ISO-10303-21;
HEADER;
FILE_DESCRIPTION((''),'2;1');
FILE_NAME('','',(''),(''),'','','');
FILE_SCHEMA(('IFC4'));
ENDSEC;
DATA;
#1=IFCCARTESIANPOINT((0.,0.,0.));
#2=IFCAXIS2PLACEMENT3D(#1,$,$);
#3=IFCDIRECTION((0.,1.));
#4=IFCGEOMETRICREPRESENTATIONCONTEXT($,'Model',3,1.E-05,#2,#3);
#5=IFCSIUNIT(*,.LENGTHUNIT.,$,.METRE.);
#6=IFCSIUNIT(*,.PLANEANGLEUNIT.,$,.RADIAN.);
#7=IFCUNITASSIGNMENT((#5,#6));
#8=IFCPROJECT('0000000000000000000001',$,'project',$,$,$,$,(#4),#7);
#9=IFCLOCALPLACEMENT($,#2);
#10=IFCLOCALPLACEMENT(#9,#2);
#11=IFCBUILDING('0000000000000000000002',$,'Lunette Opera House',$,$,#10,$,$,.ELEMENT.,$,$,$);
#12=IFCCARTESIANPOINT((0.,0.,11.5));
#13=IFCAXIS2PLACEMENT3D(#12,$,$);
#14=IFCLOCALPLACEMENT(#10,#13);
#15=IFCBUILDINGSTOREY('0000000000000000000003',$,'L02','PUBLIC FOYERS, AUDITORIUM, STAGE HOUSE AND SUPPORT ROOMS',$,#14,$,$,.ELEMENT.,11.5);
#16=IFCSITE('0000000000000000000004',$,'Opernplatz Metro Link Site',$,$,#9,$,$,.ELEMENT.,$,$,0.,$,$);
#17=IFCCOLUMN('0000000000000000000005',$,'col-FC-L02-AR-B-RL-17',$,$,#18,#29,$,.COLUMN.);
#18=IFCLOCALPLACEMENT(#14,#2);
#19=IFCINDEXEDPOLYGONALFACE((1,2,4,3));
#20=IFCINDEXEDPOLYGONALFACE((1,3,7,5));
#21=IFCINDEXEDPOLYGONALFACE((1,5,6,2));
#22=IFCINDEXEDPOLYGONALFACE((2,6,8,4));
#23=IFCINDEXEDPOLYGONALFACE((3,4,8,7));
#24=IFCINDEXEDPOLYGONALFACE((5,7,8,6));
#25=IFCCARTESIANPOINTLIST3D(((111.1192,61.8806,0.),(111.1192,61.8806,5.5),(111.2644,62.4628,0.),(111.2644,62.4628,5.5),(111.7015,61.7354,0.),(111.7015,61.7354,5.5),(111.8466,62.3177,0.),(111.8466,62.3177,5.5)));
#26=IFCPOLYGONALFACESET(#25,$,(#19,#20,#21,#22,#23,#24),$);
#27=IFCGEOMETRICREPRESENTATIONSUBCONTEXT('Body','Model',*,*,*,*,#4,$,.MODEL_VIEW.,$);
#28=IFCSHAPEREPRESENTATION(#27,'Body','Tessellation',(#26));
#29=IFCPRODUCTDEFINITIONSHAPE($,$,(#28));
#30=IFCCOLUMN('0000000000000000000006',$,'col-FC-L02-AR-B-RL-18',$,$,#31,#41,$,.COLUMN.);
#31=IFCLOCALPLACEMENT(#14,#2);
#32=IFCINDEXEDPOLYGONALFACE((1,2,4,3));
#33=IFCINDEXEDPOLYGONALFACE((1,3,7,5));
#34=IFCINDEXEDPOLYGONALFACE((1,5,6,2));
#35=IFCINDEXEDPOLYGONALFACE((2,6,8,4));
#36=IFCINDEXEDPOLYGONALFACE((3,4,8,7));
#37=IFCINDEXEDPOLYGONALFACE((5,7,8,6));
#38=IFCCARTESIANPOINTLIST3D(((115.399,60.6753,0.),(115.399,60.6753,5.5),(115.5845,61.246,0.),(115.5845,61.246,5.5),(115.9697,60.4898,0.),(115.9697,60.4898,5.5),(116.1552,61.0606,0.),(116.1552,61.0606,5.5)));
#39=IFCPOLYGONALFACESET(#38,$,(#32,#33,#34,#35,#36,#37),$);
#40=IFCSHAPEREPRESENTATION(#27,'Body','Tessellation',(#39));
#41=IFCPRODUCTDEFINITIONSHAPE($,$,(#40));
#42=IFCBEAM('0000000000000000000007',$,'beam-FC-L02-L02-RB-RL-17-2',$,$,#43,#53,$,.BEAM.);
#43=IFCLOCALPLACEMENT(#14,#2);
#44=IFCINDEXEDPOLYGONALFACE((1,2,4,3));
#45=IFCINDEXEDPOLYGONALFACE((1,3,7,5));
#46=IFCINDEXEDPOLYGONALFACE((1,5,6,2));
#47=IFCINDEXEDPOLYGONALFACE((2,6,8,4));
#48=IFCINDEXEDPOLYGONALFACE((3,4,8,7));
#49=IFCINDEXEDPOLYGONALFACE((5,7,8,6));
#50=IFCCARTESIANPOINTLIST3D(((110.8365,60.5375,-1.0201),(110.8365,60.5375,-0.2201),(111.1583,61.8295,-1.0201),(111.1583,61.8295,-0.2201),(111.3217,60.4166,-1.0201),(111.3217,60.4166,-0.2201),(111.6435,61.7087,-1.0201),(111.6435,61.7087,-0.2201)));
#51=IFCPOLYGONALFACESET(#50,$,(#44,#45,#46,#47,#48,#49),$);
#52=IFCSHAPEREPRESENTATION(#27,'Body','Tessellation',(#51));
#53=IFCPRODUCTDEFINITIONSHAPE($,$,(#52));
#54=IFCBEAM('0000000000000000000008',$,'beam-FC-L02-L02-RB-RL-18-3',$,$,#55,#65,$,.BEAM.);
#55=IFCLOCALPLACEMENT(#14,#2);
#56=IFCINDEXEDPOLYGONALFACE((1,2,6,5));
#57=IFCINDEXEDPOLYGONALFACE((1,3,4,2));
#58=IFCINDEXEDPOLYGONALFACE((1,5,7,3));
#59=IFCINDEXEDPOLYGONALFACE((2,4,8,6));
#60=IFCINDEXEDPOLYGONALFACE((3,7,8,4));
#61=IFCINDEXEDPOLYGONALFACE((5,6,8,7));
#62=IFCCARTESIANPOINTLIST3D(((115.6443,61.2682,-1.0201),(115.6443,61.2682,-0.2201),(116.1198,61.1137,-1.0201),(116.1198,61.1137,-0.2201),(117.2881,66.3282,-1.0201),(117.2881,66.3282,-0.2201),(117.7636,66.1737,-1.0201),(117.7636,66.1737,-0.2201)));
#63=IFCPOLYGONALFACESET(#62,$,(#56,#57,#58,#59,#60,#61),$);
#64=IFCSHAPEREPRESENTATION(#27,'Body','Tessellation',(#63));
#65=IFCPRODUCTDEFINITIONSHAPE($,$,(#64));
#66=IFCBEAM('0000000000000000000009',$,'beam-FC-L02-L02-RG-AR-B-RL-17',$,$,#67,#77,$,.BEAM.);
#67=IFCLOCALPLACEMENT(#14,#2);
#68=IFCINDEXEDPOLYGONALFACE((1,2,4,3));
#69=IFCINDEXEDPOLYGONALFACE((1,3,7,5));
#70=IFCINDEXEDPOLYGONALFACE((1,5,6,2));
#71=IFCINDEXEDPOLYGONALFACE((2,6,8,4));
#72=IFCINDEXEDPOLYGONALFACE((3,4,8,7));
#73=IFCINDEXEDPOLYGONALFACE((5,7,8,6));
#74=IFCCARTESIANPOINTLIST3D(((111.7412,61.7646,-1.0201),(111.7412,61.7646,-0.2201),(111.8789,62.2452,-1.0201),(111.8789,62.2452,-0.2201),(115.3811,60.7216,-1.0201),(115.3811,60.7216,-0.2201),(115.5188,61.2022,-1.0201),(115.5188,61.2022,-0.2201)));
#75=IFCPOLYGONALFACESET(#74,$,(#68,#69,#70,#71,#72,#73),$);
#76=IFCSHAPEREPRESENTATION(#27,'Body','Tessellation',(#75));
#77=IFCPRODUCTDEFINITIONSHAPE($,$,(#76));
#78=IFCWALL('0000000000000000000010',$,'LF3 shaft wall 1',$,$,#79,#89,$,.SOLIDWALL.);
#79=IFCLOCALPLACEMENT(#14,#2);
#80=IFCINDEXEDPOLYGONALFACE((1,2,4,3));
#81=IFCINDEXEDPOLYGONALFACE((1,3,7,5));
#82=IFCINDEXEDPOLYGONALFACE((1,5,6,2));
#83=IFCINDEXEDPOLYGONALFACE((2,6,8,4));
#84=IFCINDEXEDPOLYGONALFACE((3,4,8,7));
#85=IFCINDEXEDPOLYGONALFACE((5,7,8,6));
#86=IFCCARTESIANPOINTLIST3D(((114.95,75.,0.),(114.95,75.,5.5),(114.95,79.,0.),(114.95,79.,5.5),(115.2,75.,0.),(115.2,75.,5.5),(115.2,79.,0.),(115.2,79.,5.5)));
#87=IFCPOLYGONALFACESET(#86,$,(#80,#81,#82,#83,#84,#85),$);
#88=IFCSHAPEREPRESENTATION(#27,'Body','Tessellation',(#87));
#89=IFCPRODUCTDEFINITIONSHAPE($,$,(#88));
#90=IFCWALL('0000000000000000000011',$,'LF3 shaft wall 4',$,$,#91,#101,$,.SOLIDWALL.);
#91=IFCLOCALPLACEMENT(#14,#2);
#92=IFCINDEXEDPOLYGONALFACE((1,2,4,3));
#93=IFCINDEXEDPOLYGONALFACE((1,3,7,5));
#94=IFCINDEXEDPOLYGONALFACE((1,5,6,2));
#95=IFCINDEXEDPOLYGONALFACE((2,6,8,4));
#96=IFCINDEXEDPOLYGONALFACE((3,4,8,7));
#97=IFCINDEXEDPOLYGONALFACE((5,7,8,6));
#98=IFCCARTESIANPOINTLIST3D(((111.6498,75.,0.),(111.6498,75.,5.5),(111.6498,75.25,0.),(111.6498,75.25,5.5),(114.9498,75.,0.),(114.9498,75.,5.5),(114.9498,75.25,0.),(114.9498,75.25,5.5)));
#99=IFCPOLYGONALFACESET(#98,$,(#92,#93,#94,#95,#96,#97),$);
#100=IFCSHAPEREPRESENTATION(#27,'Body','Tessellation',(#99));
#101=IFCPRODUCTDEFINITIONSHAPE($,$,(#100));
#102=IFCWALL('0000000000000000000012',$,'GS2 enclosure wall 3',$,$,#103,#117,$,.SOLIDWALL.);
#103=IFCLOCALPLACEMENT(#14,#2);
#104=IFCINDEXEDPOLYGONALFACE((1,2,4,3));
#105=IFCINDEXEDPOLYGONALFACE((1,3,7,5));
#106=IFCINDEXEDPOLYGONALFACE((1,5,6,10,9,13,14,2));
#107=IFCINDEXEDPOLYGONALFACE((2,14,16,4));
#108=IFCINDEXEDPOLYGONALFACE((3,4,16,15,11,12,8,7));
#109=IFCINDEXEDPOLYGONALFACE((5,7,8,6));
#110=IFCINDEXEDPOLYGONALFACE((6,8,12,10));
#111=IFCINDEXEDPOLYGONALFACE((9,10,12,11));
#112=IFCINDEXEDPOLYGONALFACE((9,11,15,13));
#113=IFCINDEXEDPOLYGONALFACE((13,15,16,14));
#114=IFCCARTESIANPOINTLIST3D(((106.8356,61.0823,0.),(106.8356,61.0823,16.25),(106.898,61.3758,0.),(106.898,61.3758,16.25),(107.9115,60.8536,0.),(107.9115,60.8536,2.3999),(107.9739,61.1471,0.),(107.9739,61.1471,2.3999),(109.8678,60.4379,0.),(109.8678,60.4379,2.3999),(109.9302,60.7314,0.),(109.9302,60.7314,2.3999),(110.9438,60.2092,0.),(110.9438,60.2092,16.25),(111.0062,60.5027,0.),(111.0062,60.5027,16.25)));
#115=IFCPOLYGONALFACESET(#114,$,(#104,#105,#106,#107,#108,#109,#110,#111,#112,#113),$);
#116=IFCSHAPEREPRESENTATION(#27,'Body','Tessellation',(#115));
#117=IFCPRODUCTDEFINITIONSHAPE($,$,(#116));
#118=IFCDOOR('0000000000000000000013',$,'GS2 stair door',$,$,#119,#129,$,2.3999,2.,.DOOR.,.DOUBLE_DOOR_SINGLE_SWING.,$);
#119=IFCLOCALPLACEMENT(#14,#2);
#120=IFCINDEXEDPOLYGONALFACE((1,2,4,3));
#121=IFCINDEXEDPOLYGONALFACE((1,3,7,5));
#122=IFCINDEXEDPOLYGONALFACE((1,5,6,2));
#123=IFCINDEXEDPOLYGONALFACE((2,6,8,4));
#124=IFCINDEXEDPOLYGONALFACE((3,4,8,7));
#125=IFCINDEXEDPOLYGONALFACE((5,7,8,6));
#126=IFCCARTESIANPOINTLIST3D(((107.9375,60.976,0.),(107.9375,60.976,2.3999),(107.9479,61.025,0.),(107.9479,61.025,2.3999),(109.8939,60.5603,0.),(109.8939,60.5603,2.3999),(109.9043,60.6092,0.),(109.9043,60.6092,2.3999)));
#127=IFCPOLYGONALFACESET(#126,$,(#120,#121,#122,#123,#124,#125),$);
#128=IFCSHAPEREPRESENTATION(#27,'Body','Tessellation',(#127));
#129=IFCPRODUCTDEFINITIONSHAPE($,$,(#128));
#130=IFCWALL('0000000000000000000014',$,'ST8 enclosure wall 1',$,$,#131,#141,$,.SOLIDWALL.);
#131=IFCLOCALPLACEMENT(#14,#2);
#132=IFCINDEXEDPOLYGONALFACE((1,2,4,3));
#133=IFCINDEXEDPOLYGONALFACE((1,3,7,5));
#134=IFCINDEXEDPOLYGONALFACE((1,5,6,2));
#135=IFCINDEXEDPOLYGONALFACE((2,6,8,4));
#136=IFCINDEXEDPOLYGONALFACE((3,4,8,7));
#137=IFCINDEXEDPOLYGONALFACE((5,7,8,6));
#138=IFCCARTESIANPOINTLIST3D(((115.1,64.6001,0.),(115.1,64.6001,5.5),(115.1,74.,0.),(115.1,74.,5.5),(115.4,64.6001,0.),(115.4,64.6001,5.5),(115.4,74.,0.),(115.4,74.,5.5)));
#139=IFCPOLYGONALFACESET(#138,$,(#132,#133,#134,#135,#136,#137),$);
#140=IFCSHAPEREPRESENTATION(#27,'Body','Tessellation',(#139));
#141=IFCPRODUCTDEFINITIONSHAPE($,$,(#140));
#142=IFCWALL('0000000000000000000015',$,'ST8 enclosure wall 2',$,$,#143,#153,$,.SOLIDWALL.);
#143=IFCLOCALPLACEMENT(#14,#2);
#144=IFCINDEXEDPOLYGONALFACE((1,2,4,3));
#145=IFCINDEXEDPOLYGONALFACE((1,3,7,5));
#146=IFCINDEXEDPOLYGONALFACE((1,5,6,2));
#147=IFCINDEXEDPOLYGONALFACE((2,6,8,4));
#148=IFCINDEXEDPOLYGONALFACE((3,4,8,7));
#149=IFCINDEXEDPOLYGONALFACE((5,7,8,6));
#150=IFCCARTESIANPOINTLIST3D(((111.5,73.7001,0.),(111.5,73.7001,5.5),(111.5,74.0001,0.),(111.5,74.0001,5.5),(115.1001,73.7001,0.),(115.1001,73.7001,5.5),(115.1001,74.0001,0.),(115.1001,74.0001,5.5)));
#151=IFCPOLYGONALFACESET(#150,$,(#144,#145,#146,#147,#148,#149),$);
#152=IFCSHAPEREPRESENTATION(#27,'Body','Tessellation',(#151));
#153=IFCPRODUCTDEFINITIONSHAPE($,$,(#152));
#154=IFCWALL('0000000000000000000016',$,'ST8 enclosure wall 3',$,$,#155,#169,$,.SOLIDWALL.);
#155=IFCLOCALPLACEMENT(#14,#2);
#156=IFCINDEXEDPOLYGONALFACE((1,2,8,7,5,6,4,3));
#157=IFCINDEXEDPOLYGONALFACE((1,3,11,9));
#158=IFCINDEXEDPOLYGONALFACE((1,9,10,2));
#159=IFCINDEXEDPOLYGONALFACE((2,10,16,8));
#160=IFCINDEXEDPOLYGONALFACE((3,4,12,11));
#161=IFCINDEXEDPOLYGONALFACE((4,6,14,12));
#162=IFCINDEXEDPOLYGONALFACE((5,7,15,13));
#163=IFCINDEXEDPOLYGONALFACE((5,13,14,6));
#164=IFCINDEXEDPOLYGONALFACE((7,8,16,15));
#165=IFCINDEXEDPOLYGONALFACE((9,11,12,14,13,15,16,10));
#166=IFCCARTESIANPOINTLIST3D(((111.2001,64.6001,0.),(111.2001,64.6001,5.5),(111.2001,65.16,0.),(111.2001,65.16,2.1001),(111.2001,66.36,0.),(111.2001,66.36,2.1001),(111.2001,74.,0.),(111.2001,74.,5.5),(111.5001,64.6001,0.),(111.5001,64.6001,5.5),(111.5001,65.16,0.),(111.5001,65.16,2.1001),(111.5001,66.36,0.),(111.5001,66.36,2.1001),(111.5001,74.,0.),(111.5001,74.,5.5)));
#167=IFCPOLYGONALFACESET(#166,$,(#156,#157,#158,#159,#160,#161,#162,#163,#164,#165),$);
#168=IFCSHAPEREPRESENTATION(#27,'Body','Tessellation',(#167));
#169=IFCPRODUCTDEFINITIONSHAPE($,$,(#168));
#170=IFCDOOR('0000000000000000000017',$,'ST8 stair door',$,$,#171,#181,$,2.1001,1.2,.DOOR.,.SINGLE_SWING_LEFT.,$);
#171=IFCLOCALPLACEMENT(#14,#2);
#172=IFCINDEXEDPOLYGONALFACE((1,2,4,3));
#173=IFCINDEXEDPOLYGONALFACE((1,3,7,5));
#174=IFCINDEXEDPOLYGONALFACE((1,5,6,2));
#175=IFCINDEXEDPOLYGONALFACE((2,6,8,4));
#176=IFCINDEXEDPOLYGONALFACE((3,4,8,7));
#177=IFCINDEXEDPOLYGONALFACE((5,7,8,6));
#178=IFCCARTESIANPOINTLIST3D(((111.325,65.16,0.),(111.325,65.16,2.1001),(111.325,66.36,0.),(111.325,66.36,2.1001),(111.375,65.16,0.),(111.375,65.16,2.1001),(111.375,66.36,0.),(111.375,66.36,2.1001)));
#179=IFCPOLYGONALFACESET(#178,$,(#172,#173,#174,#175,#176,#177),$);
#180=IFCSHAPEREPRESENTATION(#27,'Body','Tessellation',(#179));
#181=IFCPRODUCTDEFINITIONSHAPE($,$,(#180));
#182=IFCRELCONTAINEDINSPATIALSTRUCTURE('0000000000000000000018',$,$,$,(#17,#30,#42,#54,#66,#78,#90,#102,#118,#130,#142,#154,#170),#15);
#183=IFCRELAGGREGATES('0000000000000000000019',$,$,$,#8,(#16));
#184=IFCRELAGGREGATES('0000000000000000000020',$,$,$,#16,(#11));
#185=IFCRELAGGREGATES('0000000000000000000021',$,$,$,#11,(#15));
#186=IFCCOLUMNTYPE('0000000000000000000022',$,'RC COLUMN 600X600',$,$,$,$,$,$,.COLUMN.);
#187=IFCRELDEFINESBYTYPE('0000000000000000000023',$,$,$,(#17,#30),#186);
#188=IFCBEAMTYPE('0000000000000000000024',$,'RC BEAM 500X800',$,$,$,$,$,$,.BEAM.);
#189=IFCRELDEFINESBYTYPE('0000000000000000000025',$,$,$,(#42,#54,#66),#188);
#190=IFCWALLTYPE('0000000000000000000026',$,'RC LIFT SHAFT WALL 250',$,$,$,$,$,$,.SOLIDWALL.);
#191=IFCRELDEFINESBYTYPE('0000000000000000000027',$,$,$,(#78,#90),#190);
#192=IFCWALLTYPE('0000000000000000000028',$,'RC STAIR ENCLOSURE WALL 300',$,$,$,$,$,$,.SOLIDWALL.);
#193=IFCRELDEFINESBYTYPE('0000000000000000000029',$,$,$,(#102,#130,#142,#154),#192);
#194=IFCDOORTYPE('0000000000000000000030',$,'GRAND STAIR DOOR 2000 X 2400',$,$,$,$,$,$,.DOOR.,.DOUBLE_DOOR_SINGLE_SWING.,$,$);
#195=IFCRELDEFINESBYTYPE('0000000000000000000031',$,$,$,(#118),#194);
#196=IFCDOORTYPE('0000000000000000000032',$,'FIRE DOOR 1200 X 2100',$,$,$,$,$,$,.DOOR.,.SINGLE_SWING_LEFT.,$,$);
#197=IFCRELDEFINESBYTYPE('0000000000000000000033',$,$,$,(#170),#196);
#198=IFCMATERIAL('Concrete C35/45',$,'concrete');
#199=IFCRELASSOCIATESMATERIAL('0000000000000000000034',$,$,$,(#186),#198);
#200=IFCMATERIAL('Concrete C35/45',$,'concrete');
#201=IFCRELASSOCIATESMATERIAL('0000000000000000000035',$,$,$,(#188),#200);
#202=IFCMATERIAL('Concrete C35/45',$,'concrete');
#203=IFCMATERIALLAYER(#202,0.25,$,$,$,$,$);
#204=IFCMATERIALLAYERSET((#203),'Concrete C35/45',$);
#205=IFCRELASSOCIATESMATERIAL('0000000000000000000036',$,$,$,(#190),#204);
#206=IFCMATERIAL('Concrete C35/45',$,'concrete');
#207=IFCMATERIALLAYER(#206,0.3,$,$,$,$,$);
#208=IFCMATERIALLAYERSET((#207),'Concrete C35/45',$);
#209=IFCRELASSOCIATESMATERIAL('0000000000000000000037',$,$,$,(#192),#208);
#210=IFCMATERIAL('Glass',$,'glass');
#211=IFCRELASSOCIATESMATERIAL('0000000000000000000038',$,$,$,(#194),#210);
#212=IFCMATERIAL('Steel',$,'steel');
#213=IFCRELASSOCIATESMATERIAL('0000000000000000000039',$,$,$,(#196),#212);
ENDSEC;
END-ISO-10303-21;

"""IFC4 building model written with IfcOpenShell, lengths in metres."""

from ifc_helpers import new_model, si_unit, direction, frame, frame_2d, origin, origin_2d, place, context, subcontext, project, spatial, rectangle, extrude, material, layer, layer_set, material_profile, profile_set, type_object, element, fill, save


model = new_model("IFC4")

# Units and contexts
model_context = context("Model", 3, precision=1e-05, world=origin(), true_north=direction((0.0, 1.0)))
body_context = subcontext(model_context, "Body", "Model", "MODEL_VIEW")
ifc_project = project(units=[si_unit("LENGTHUNIT", "METRE"), si_unit("PLANEANGLEUNIT", "RADIAN")], contexts=[model_context])

# Site, building, storey
site_placement = place(None, origin())
site = spatial("IfcSite", under=ifc_project, at=site_placement, Name="Opernplatz Metro Link Site", CompositionType="ELEMENT", RefElevation=0.0)
building_placement = place(site_placement, origin())
building = spatial("IfcBuilding", under=site, at=building_placement, Name="Lunette Opera House", CompositionType="ELEMENT")
storey_placement = place(building_placement, frame((0.0, 0.0, 11.5)))
storey = spatial("IfcBuildingStorey", under=building, at=storey_placement, Name="L02", Description="PUBLIC FOYERS, AUDITORIUM, STAGE HOUSE AND SUPPORT ROOMS", CompositionType="ELEMENT", Elevation=11.5)

# Columns
ifc_material_1 = material(Name="Concrete C35/45", Category="concrete")
ifc_material_profile_1 = material_profile(ifc_material_1, rectangle(XDim=0.6001, YDim=0.6001, at=origin_2d()), Name="RC COLUMN 600X600")
ifc_profile_set_1 = profile_set([ifc_material_profile_1], Name="Concrete C35/45")
column_type = type_object("IfcColumnType", Name="RC COLUMN 600X600", PredefinedType="COLUMN", material=ifc_profile_set_1)
for number, where, z_axis, x_axis, name in (
    (1, (111.4829, 62.0991, 0.0), (0.0, 0.0, 1.0), (0.970296, -0.241922, 0.0), "col-FC-L02-AR-B-RL-17"),
    (2, (115.7771, 60.8679, 0.0), (0.0, 0.0, 1.0), (0.951057, -0.309017, 0.0), "col-FC-L02-AR-B-RL-18"),
):
    element("IfcColumn", number, at=place(storey_placement, frame(where, z_axis=z_axis, x_axis=x_axis)), inside=storey, type_object=column_type, Name=name, PredefinedType="COLUMN", context=body_context, shape_type="SweptSolid", body=[
        extrude(rectangle(XDim=0.6001, YDim=0.6001, at=origin_2d()), origin(), (0.0, 0.0, 1.0), 5.5),
    ])

# Beams
ifc_material_2 = material(Name="Concrete C35/45", Category="concrete")
ifc_material_profile_2 = material_profile(ifc_material_2, rectangle(XDim=0.5, YDim=0.8, at=origin_2d()), Name="RC BEAM 500X800")
ifc_profile_set_2 = profile_set([ifc_material_profile_2], Name="Concrete C35/45")
beam_type = type_object("IfcBeamType", Name="RC BEAM 500X800", PredefinedType="BEAM", material=ifc_profile_set_2)
beam_1_placement = place(storey_placement, frame((111.0791, 60.4771, -0.6201), z_axis=(0.241673, 0.970358, 0.0), x_axis=(-0.970358, 0.241673, 0.0)))
element("IfcBeam", 3, at=beam_1_placement, inside=storey, type_object=beam_type, Name="beam-FC-L02-L02-RB-RL-17-2", PredefinedType="BEAM", context=body_context, shape_type="SweptSolid", body=[
    extrude(rectangle(XDim=0.5, YDim=0.8, at=origin_2d()), origin(), (0.0, 0.0, 1.0), 1.3315),
])
beam_2_placement = place(storey_placement, frame((115.8821, 61.1909, -0.6201), z_axis=(0.308964, 0.951074, 0.0), x_axis=(-0.951074, 0.308964, 0.0)))
element("IfcBeam", 4, at=beam_2_placement, inside=storey, type_object=beam_type, Name="beam-FC-L02-L02-RB-RL-18-3", PredefinedType="BEAM", context=body_context, shape_type="SweptSolid", body=[
    extrude(rectangle(XDim=0.5, YDim=0.8, at=origin_2d()), origin(), (0.0, 0.0, 1.0), 5.3203),
])
beam_3_placement = place(storey_placement, frame((111.8101, 62.0049, -0.6201), z_axis=(0.961314, -0.275453, 0.0), x_axis=(0.275453, 0.961314, 0.0)))
element("IfcBeam", 5, at=beam_3_placement, inside=storey, type_object=beam_type, Name="beam-FC-L02-L02-RG-AR-B-RL-17", PredefinedType="BEAM", context=body_context, shape_type="SweptSolid", body=[
    extrude(rectangle(XDim=0.5, YDim=0.8, at=origin_2d()), origin(), (0.0, 0.0, 1.0), 3.7864),
])

# Walls
ifc_material_3 = material(Name="Concrete C35/45", Category="concrete")
ifc_layer_1 = layer(ifc_material_3, 0.25)
ifc_layer_set_1 = layer_set([ifc_layer_1], Name="Concrete C35/45")
wall_type_1 = type_object("IfcWallType", Name="RC LIFT SHAFT WALL 250", PredefinedType="SOLIDWALL", material=ifc_layer_set_1)
wall_1_placement = place(storey_placement, frame((115.075, 75.0, 0.0), z_axis=(0.0, 0.0, 1.0), x_axis=(0.0, 1.0, 0.0)))
element("IfcWall", 6, at=wall_1_placement, inside=storey, type_object=wall_type_1, Name="LF3 shaft wall 1", PredefinedType="SOLIDWALL", context=body_context, shape_type="SweptSolid", body=[
    extrude(rectangle(XDim=4.0, YDim=0.25, at=frame_2d((2.0, 0.0))), origin(), (0.0, 0.0, 1.0), 5.5),
])
wall_2_placement = place(storey_placement, frame((111.6499, 75.125, 0.0), z_axis=(0.0, 0.0, 1.0), x_axis=(1.0, 0.0, 0.0)))
element("IfcWall", 7, at=wall_2_placement, inside=storey, type_object=wall_type_1, Name="LF3 shaft wall 4", PredefinedType="SOLIDWALL", context=body_context, shape_type="SweptSolid", body=[
    extrude(rectangle(XDim=3.3, YDim=0.25, at=frame_2d((1.6499, 0.0))), origin(), (0.0, 0.0, 1.0), 5.5),
])

# Wall, opening, door
ifc_material_4 = material(Name="Concrete C35/45", Category="concrete")
ifc_layer_2 = layer(ifc_material_4, 0.3)
ifc_layer_set_2 = layer_set([ifc_layer_2], Name="Concrete C35/45")
wall_type_2 = type_object("IfcWallType", Name="RC STAIR ENCLOSURE WALL 300", PredefinedType="SOLIDWALL", material=ifc_layer_set_2)
wall_3_placement = place(storey_placement, frame((110.9751, 60.356, 0.0), z_axis=(0.0, 0.0, 1.0), x_axis=(-0.978156, 0.207873, 0.0)))
wall_3 = element("IfcWall", 8, at=wall_3_placement, inside=storey, type_object=wall_type_2, Name="GS2 enclosure wall 3", PredefinedType="SOLIDWALL", context=body_context, shape_type="SweptSolid", body=[
    extrude(rectangle(XDim=4.2, YDim=0.3, at=frame_2d((2.1001, 0.0))), origin(), (0.0, 0.0, 1.0), 16.25),
])
opening_1_placement = place(wall_3_placement, frame((1.1001, 0.0, 0.0)))
opening_1 = element("IfcOpeningElement", 9, at=opening_1_placement, cuts=wall_3, PredefinedType="OPENING", context=body_context, shape_type="SweptSolid", body=[
    extrude(rectangle(XDim=2.0, YDim=2.3999, at=frame_2d((1.0, 1.2))), frame((0.0, 0.1621, 0.0), z_axis=(0.0, -1.0, 0.0), x_axis=(1.0, 0.0, 0.0)), (0.0, 0.0, 1.0), 0.324),
])
ifc_material_5 = material(Name="Glass", Category="glass")
door_type_1 = type_object("IfcDoorType", Name="GRAND STAIR DOOR 2000 X 2400", OperationType="DOUBLE_DOOR_SINGLE_SWING", PredefinedType="DOOR", material=ifc_material_5)
door_1_placement = place(opening_1_placement, origin())
door_1 = element("IfcDoor", 10, at=door_1_placement, inside=storey, type_object=door_type_1, Name="GS2 stair door", OperationType="DOUBLE_DOOR_SINGLE_SWING", OverallHeight=2.3999, OverallWidth=2.0, PredefinedType="DOOR", context=body_context, shape_type="SweptSolid", body=[
    extrude(rectangle(XDim=2.0, YDim=2.3999, at=frame_2d((1.0, 1.2))), frame((0.0, 0.0249, 0.0), z_axis=(0.0, -1.0, 0.0), x_axis=(1.0, 0.0, 0.0)), (0.0, 0.0, 1.0), 0.05),
])
fill(opening_1, door_1)

# Walls
wall_4_placement = place(storey_placement, frame((115.25, 64.6001, 0.0), z_axis=(0.0, 0.0, 1.0), x_axis=(0.0, 1.0, 0.0)))
element("IfcWall", 11, at=wall_4_placement, inside=storey, type_object=wall_type_2, Name="ST8 enclosure wall 1", PredefinedType="SOLIDWALL", context=body_context, shape_type="SweptSolid", body=[
    extrude(rectangle(XDim=9.3999, YDim=0.3, at=frame_2d((4.7, 0.0))), origin(), (0.0, 0.0, 1.0), 5.5),
])
wall_5_placement = place(storey_placement, frame((115.1001, 73.8501, 0.0), z_axis=(0.0, 0.0, 1.0), x_axis=(-1.0, 0.0, 0.0)))
element("IfcWall", 12, at=wall_5_placement, inside=storey, type_object=wall_type_2, Name="ST8 enclosure wall 2", PredefinedType="SOLIDWALL", context=body_context, shape_type="SweptSolid", body=[
    extrude(rectangle(XDim=3.6001, YDim=0.3, at=frame_2d((1.8, 0.0))), origin(), (0.0, 0.0, 1.0), 5.5),
])

# Wall, opening, door
wall_6_placement = place(storey_placement, frame((111.3501, 74.0, 0.0), z_axis=(0.0, 0.0, 1.0), x_axis=(0.0, -1.0, 0.0)))
wall_6 = element("IfcWall", 13, at=wall_6_placement, inside=storey, type_object=wall_type_2, Name="ST8 enclosure wall 3", PredefinedType="SOLIDWALL", context=body_context, shape_type="SweptSolid", body=[
    extrude(rectangle(XDim=9.3999, YDim=0.3, at=frame_2d((4.7, 0.0))), origin(), (0.0, 0.0, 1.0), 5.5),
])
opening_2_placement = place(wall_6_placement, frame((7.6399, 0.0, 0.0)))
opening_2 = element("IfcOpeningElement", 14, at=opening_2_placement, cuts=wall_6, PredefinedType="OPENING", context=body_context, shape_type="SweptSolid", body=[
    extrude(rectangle(XDim=1.2, YDim=2.1001, at=frame_2d((0.6001, 1.05))), frame((0.0, 0.1621, 0.0), z_axis=(0.0, -1.0, 0.0), x_axis=(1.0, 0.0, 0.0)), (0.0, 0.0, 1.0), 0.324),
])
ifc_material_6 = material(Name="Steel", Category="steel")
door_type_2 = type_object("IfcDoorType", Name="FIRE DOOR 1200 X 2100", OperationType="SINGLE_SWING_LEFT", PredefinedType="DOOR", material=ifc_material_6)
door_2_placement = place(opening_2_placement, origin())
door_2 = element("IfcDoor", 15, at=door_2_placement, inside=storey, type_object=door_type_2, Name="ST8 stair door", OperationType="SINGLE_SWING_LEFT", OverallHeight=2.1001, OverallWidth=1.2, PredefinedType="DOOR", context=body_context, shape_type="SweptSolid", body=[
    extrude(rectangle(XDim=1.2, YDim=2.1001, at=frame_2d((0.6001, 1.05))), frame((0.0, 0.0249, 0.0), z_axis=(0.0, -1.0, 0.0), x_axis=(1.0, 0.0, 0.0)), (0.0, 0.0, 1.0), 0.05),
])
fill(opening_2, door_2)

save(model, "model.ifc")
